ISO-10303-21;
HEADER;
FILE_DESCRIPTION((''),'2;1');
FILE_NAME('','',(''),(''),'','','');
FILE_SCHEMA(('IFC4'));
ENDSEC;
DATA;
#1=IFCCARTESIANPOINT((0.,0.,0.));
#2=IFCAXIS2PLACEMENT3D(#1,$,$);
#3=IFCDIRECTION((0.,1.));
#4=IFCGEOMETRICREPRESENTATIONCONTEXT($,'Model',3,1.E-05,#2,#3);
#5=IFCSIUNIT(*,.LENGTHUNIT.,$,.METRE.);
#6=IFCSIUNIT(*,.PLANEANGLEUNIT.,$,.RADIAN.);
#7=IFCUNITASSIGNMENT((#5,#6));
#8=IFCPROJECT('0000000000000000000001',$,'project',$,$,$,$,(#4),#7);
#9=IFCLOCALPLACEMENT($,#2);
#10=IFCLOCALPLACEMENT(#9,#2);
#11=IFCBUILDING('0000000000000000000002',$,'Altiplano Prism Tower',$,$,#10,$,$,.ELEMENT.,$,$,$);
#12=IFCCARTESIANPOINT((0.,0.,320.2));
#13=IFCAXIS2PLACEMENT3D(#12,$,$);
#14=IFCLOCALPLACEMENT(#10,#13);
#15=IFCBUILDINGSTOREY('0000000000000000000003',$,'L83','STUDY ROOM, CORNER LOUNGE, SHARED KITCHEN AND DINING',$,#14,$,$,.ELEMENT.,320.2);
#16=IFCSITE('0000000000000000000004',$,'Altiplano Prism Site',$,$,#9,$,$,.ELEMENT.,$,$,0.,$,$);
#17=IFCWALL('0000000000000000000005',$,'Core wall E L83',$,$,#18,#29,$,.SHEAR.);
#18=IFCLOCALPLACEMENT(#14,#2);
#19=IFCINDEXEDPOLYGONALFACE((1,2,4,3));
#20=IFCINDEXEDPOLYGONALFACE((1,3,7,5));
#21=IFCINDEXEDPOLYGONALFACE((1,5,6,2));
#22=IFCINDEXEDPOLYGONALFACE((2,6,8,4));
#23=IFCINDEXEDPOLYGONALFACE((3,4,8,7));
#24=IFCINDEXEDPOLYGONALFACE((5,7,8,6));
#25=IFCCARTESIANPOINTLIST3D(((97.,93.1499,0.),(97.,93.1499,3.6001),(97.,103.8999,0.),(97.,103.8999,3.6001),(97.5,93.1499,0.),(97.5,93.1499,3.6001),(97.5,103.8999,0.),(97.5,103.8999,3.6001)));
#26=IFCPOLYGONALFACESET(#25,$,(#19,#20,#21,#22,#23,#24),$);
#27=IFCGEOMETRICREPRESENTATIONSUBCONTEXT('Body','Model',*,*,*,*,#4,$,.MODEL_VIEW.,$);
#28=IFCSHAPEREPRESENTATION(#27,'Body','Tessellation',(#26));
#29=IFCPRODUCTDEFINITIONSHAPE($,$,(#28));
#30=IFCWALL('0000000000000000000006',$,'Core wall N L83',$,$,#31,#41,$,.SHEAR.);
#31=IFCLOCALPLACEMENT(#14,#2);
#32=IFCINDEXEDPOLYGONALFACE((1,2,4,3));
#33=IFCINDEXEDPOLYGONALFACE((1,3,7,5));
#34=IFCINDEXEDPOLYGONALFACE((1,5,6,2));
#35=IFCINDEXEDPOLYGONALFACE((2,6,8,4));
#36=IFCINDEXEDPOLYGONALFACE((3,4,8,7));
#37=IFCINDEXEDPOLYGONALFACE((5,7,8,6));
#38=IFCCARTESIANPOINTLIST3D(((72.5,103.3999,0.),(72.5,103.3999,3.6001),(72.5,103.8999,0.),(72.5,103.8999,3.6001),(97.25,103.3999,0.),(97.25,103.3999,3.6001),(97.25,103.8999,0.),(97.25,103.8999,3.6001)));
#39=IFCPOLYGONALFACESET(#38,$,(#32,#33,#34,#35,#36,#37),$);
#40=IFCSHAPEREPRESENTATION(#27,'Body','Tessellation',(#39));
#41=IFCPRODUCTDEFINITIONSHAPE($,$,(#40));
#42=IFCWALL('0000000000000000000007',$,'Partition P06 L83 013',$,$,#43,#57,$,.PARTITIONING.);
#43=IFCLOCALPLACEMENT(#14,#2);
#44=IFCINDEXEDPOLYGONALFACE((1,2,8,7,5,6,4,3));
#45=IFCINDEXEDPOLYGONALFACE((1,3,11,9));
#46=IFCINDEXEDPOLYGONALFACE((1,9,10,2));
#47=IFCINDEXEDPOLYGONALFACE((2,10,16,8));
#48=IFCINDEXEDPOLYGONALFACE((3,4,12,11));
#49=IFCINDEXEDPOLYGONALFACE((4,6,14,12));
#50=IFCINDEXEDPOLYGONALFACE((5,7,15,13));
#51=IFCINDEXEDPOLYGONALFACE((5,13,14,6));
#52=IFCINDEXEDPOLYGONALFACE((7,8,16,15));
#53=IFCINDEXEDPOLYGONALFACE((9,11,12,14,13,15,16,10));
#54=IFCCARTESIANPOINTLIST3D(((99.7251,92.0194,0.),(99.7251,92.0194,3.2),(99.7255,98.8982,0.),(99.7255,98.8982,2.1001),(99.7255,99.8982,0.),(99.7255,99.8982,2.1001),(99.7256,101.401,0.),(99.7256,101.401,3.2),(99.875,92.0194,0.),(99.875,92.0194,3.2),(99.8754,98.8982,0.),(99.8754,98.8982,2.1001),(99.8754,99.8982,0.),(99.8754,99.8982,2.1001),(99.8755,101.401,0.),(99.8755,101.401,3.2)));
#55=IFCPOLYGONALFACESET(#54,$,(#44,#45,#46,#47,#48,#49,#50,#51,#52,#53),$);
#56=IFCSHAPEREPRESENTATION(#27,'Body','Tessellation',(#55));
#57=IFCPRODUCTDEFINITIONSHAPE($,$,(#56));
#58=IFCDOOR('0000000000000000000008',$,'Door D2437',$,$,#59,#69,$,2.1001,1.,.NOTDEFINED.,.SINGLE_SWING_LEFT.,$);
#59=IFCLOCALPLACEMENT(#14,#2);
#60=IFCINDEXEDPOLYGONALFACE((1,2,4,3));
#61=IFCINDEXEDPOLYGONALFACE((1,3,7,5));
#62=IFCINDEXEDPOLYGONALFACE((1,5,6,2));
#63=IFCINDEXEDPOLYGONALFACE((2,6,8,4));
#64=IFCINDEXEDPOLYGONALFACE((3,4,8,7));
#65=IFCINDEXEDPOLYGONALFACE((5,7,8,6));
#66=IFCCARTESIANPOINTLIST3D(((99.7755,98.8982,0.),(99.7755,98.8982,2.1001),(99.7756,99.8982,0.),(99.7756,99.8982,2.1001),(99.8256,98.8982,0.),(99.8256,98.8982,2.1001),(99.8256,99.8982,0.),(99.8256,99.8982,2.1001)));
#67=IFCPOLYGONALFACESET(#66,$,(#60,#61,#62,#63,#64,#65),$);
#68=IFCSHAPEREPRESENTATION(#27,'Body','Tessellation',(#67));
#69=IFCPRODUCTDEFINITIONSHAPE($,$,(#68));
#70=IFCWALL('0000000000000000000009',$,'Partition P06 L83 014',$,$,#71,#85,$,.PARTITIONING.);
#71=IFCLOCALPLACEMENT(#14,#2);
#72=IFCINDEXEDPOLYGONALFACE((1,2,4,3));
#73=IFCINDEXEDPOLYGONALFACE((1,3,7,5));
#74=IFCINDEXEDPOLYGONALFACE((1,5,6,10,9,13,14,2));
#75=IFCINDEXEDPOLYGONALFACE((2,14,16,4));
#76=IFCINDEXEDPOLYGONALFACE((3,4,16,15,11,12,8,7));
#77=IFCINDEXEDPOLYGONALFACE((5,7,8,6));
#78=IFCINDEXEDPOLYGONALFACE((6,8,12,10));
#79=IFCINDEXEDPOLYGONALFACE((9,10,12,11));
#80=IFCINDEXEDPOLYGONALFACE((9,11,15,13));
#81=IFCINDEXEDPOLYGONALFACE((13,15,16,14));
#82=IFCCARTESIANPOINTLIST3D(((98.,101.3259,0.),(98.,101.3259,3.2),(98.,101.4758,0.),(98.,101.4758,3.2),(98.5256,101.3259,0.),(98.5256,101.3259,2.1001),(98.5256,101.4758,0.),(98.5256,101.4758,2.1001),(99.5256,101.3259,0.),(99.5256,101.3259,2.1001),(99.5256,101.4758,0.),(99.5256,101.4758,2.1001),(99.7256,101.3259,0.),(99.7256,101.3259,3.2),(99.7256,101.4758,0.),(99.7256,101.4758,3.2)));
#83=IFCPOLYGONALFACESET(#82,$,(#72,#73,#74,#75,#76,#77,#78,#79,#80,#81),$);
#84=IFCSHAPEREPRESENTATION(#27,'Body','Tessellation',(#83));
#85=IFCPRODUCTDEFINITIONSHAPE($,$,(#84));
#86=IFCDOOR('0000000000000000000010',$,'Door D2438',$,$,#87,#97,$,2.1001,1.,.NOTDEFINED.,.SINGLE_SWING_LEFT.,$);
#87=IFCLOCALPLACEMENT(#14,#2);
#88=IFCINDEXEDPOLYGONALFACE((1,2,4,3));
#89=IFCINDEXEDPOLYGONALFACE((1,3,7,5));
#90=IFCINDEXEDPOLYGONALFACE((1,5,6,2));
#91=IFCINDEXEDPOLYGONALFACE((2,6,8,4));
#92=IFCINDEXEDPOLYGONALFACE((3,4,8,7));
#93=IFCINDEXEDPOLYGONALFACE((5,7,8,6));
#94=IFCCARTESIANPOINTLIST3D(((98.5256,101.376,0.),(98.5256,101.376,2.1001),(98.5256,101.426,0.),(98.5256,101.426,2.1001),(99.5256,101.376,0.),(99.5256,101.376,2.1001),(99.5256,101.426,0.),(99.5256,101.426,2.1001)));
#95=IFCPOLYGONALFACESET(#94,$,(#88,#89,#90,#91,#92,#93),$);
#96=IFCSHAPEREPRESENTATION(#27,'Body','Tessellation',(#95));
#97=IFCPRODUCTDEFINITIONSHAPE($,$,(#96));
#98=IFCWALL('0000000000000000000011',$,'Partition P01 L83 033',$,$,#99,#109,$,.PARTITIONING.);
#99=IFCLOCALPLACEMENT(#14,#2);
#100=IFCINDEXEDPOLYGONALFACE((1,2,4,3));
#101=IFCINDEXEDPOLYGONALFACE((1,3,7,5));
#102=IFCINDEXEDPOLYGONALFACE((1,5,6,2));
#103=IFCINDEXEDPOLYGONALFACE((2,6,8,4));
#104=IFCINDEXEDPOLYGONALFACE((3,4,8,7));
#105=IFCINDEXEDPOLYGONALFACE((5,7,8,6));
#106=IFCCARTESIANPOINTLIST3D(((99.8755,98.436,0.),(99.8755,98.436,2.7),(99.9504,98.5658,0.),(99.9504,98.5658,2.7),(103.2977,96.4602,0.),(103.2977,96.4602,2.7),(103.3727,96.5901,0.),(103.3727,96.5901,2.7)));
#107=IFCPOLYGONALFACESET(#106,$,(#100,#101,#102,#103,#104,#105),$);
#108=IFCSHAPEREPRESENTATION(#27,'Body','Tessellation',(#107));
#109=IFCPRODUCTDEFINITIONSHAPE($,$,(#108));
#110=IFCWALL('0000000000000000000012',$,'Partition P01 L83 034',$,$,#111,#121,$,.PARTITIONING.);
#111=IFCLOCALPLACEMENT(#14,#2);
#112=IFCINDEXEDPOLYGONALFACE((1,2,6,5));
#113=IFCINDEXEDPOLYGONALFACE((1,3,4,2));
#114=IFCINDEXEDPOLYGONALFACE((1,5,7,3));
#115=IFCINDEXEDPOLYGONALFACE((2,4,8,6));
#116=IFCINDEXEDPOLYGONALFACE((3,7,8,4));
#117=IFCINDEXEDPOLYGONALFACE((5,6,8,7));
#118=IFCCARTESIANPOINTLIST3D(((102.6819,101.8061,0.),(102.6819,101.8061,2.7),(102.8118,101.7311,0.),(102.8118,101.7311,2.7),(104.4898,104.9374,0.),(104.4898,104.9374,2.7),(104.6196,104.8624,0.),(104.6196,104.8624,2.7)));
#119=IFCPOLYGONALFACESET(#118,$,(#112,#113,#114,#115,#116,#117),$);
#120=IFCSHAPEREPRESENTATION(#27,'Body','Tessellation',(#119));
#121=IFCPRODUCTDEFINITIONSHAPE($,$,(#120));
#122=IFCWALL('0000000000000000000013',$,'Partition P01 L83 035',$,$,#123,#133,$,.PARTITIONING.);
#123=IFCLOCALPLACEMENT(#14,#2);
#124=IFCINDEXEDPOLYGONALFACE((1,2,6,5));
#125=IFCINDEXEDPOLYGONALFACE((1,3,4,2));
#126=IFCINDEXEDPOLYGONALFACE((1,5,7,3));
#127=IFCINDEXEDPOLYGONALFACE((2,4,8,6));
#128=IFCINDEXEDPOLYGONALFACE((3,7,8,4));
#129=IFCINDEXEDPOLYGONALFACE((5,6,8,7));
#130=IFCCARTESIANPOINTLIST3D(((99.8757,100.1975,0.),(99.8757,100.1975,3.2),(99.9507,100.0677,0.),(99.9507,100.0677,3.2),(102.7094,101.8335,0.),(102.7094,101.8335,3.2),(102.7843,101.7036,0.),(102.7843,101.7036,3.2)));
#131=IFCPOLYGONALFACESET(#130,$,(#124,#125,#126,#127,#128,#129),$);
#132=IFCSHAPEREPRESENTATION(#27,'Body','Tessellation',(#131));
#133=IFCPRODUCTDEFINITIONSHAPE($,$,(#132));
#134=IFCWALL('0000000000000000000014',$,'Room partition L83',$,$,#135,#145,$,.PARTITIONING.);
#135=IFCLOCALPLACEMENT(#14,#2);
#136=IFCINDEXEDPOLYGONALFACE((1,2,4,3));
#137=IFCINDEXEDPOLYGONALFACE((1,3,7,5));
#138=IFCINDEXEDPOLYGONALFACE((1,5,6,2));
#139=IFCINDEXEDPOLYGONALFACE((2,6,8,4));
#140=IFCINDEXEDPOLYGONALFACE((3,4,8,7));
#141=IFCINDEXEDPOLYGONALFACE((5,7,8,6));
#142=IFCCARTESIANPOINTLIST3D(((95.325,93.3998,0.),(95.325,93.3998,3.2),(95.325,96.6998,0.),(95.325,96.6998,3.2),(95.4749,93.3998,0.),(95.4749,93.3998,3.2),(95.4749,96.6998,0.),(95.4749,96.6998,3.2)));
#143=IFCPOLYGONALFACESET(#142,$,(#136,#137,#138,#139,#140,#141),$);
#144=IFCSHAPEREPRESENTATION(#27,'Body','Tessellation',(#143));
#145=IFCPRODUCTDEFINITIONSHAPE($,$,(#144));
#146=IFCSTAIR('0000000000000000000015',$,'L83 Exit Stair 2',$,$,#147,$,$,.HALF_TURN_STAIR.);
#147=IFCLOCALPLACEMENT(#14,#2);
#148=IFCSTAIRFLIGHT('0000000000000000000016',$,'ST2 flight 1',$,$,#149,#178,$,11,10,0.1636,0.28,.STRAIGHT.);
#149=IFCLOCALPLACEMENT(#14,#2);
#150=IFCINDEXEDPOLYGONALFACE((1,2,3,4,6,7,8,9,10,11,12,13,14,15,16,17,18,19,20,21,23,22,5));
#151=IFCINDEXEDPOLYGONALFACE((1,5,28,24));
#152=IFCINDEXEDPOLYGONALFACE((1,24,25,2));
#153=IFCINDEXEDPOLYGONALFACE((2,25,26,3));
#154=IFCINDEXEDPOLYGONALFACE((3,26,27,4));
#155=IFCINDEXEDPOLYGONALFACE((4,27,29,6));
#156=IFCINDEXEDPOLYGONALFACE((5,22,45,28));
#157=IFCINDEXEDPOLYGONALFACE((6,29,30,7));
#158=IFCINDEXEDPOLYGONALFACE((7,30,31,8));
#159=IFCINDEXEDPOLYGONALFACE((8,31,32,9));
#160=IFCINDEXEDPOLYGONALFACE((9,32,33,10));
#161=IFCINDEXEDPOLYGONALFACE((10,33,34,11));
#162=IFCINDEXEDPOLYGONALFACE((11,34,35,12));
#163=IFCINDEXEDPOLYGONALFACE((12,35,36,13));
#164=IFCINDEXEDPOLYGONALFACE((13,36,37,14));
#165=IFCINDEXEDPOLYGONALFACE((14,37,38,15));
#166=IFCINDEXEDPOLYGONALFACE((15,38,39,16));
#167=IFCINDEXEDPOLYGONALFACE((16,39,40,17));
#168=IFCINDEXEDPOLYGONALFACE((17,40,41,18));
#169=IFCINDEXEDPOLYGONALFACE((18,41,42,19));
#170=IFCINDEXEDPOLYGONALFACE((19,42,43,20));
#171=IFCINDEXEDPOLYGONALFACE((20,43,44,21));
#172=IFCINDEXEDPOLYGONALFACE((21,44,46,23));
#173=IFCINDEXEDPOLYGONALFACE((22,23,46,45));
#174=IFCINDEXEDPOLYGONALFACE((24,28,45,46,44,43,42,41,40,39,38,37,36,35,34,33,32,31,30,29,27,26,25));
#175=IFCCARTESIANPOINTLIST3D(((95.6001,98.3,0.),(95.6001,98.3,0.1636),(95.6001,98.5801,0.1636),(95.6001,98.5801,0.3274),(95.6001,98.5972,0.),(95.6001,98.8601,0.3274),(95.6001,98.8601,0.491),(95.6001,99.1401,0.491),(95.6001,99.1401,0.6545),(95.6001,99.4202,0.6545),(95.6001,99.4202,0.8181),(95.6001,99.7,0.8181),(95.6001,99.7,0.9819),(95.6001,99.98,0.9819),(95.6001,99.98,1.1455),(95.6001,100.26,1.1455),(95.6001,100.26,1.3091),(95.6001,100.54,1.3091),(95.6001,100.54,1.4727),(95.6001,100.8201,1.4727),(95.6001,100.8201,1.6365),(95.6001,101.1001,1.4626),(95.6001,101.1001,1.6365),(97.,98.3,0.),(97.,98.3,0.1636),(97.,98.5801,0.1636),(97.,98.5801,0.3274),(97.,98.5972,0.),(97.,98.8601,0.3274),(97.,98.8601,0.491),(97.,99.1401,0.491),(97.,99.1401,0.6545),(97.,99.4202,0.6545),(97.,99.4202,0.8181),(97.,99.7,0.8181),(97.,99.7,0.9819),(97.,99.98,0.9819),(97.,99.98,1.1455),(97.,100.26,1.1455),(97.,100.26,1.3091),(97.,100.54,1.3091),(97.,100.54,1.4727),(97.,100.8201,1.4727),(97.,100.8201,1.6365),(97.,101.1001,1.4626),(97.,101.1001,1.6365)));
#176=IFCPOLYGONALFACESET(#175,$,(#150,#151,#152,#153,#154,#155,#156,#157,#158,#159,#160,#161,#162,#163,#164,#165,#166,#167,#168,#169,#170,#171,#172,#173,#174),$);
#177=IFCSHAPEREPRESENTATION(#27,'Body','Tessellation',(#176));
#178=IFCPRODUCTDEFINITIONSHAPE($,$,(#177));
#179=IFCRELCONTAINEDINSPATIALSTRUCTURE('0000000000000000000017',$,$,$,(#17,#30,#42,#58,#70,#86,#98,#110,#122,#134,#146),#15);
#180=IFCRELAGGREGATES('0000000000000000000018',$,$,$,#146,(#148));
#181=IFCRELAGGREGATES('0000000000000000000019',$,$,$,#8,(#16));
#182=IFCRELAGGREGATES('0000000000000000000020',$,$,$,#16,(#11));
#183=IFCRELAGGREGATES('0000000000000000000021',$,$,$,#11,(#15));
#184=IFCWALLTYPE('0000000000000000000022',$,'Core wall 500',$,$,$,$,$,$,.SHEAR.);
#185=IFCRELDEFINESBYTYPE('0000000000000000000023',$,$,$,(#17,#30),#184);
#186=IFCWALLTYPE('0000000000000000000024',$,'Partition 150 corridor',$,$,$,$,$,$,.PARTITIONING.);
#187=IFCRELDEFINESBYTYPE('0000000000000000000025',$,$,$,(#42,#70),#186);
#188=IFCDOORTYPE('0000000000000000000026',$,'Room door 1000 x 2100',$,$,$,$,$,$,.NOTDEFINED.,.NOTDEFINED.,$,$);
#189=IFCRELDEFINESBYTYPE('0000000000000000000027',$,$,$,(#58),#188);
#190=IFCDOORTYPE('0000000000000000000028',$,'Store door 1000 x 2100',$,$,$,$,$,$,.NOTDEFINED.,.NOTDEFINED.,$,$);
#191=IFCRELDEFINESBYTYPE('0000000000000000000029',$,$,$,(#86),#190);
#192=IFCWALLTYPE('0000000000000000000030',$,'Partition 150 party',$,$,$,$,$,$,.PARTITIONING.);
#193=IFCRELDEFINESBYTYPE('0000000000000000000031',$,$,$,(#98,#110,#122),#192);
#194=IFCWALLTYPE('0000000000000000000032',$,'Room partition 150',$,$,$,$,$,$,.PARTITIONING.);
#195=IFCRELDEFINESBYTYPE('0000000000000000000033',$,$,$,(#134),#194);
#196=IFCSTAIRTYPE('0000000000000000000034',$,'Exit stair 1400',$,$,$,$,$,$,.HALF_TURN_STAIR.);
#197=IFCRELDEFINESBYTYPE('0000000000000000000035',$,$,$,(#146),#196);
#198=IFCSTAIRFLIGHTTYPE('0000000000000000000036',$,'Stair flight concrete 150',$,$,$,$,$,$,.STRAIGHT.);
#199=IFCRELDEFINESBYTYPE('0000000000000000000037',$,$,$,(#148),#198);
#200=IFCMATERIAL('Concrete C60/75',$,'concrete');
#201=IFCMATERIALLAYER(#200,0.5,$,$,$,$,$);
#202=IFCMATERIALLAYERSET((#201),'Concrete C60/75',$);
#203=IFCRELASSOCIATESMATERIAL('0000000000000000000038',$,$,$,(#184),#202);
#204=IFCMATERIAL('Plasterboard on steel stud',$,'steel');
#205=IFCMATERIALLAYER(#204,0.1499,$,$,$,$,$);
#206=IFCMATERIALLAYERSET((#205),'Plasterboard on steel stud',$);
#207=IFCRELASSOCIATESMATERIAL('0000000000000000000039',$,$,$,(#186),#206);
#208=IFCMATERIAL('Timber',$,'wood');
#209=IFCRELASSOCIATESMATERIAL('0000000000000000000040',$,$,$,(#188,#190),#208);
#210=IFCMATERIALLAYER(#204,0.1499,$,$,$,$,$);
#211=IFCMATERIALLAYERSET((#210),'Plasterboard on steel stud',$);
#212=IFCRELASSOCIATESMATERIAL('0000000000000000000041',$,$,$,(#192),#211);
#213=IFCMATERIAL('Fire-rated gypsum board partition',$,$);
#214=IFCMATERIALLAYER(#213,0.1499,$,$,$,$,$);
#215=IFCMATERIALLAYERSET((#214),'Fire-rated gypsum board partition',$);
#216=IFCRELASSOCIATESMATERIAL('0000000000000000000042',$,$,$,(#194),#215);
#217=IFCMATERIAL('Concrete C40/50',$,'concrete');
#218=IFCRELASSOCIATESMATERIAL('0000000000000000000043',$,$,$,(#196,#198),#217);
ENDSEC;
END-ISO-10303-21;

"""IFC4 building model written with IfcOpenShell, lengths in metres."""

from ifc_helpers import new_model, si_unit, direction, frame, frame_2d, origin, place, context, subcontext, project, spatial, polyline, rectangle, outline, extrude, material, layer, layer_set, type_object, element, fill, aggregate, save


model = new_model("IFC4")

# Units and contexts
model_context = context("Model", 3, precision=1e-05, world=origin(), true_north=direction((0.0, 1.0)))
body_context = subcontext(model_context, "Body", "Model", "MODEL_VIEW")
ifc_project = project(units=[si_unit("LENGTHUNIT", "METRE"), si_unit("PLANEANGLEUNIT", "RADIAN")], contexts=[model_context])

# Site, building, storey
site_placement = place(None, origin())
site = spatial("IfcSite", under=ifc_project, at=site_placement, Name="Altiplano Prism Site", CompositionType="ELEMENT", RefElevation=0.0)
building_placement = place(site_placement, origin())
building = spatial("IfcBuilding", under=site, at=building_placement, Name="Altiplano Prism Tower", CompositionType="ELEMENT")
storey_placement = place(building_placement, frame((0.0, 0.0, 320.2)))
storey = spatial("IfcBuildingStorey", under=building, at=storey_placement, Name="L83", Description="STUDY ROOM, CORNER LOUNGE, SHARED KITCHEN AND DINING", CompositionType="ELEMENT", Elevation=320.2)

# Shared definitions
ifc_material_1 = material(Name="Concrete C60/75", Category="concrete")

# Walls
ifc_layer_1 = layer(ifc_material_1, 0.5)
ifc_layer_set_1 = layer_set([ifc_layer_1], Name="Concrete C60/75")
wall_type_1 = type_object("IfcWallType", Name="Core wall 500", PredefinedType="SHEAR", material=ifc_layer_set_1)
wall_1_placement = place(storey_placement, frame((97.25, 93.1499, 0.0), z_axis=(0.0, 0.0, 1.0), x_axis=(0.0, 1.0, 0.0)))
element("IfcWall", 1, at=wall_1_placement, inside=storey, type_object=wall_type_1, Name="Core wall E L83", PredefinedType="SHEAR", context=body_context, shape_type="SweptSolid", body=[
    extrude(rectangle(XDim=10.75, YDim=0.5, at=frame_2d((5.375, 0.0))), origin(), (0.0, 0.0, 1.0), 3.6001),
])
wall_2_placement = place(storey_placement, frame((97.25, 103.6499, 0.0), z_axis=(0.0, 0.0, 1.0), x_axis=(-1.0, 0.0, 0.0)))
element("IfcWall", 2, at=wall_2_placement, inside=storey, type_object=wall_type_1, Name="Core wall N L83", PredefinedType="SHEAR", context=body_context, shape_type="SweptSolid", body=[
    extrude(rectangle(XDim=24.75, YDim=0.5, at=frame_2d((12.375, 0.0))), origin(), (0.0, 0.0, 1.0), 3.6001),
])

# Walls, openings, doors
ifc_material_2 = material(Name="Plasterboard on steel stud", Category="steel")
ifc_layer_2 = layer(ifc_material_2, 0.1499)
ifc_layer_set_2 = layer_set([ifc_layer_2], Name="Plasterboard on steel stud")
wall_type_2 = type_object("IfcWallType", Name="Partition 150 corridor", PredefinedType="PARTITIONING", material=ifc_layer_set_2)
wall_3_placement = place(storey_placement, frame((99.8, 92.0193, 0.0), z_axis=(0.0, 0.0, 1.0), x_axis=(0.000052, 1.0, 0.0)))
wall_3 = element("IfcWall", 3, at=wall_3_placement, inside=storey, type_object=wall_type_2, Name="Partition P06 L83 013", PredefinedType="PARTITIONING", context=body_context, shape_type="SweptSolid", body=[
    extrude(rectangle(XDim=9.3816, YDim=0.1499, at=frame_2d((4.6909, 0.0))), origin(), (0.0, 0.0, 1.0), 3.2),
])
opening_1_placement = place(wall_3_placement, frame((6.8789, 0.0, 0.0)))
opening_1 = element("IfcOpeningElement", 4, at=opening_1_placement, cuts=wall_3, PredefinedType="OPENING", context=body_context, shape_type="SweptSolid", body=[
    extrude(rectangle(XDim=1.0, YDim=2.1001, at=frame_2d((0.5, 1.05))), frame((0.0, 0.0854, 0.0), z_axis=(0.0, -1.0, 0.0), x_axis=(1.0, 0.0, 0.0)), (0.0, 0.0, 1.0), 0.1709),
])
ifc_material_3 = material(Name="Timber", Category="wood")
door_type_1 = type_object("IfcDoorType", Name="Room door 1000 x 2100", OperationType="NOTDEFINED", PredefinedType="NOTDEFINED", material=ifc_material_3)
door_1_placement = place(opening_1_placement, origin())
door_1 = element("IfcDoor", 5, at=door_1_placement, inside=storey, type_object=door_type_1, Name="Door D2437", OperationType="SINGLE_SWING_LEFT", OverallHeight=2.1001, OverallWidth=1.0, PredefinedType="NOTDEFINED", context=body_context, shape_type="SweptSolid", body=[
    extrude(rectangle(XDim=1.0, YDim=2.1001, at=frame_2d((0.5, 1.05))), frame((0.0, 0.0249, 0.0), z_axis=(0.0, -1.0, 0.0), x_axis=(1.0, 0.0, 0.0)), (0.0, 0.0, 1.0), 0.05),
])
fill(opening_1, door_1)
wall_4_placement = place(storey_placement, frame((99.7256, 101.4009, 0.0), z_axis=(0.0, 0.0, 1.0), x_axis=(-1.0, 0.0, 0.0)))
wall_4 = element("IfcWall", 6, at=wall_4_placement, inside=storey, type_object=wall_type_2, Name="Partition P06 L83 014", PredefinedType="PARTITIONING", context=body_context, shape_type="SweptSolid", body=[
    extrude(rectangle(XDim=1.7256, YDim=0.1499, at=frame_2d((0.8628, 0.0))), origin(), (0.0, 0.0, 1.0), 3.2),
])
opening_2_placement = place(wall_4_placement, frame((0.2, 0.0, 0.0)))
opening_2 = element("IfcOpeningElement", 7, at=opening_2_placement, cuts=wall_4, PredefinedType="OPENING", context=body_context, shape_type="SweptSolid", body=[
    extrude(rectangle(XDim=1.0, YDim=2.1001, at=frame_2d((0.5, 1.05))), frame((0.0, 0.0854, 0.0), z_axis=(0.0, -1.0, 0.0), x_axis=(1.0, 0.0, 0.0)), (0.0, 0.0, 1.0), 0.1709),
])
door_type_2 = type_object("IfcDoorType", Name="Store door 1000 x 2100", OperationType="NOTDEFINED", PredefinedType="NOTDEFINED", material=ifc_material_3)
door_2_placement = place(opening_2_placement, origin())
door_2 = element("IfcDoor", 8, at=door_2_placement, inside=storey, type_object=door_type_2, Name="Door D2438", OperationType="SINGLE_SWING_LEFT", OverallHeight=2.1001, OverallWidth=1.0, PredefinedType="NOTDEFINED", context=body_context, shape_type="SweptSolid", body=[
    extrude(rectangle(XDim=1.0, YDim=2.1001, at=frame_2d((0.5, 1.05))), frame((0.0, 0.0249, 0.0), z_axis=(0.0, -1.0, 0.0), x_axis=(1.0, 0.0, 0.0)), (0.0, 0.0, 1.0), 0.05),
])
fill(opening_2, door_2)

# Walls
ifc_layer_3 = layer(ifc_material_2, 0.1499)
ifc_layer_set_3 = layer_set([ifc_layer_3], Name="Plasterboard on steel stud")
wall_type_3 = type_object("IfcWallType", Name="Partition 150 party", PredefinedType="PARTITIONING", material=ifc_layer_set_3)
wall_5_placement = place(storey_placement, frame((103.3352, 96.5251, 0.0), z_axis=(0.0, 0.0, 1.0), x_axis=(-0.866033, 0.499986, 0.0)))
element("IfcWall", 9, at=wall_5_placement, inside=storey, type_object=wall_type_3, Name="Partition P01 L83 033", PredefinedType="PARTITIONING", context=body_context, shape_type="SweptSolid", body=[
    extrude(rectangle(XDim=3.9517, YDim=0.1499, at=frame_2d((1.9758, 0.0))), origin(), (0.0, 0.0, 1.0), 2.7),
])
wall_6_placement = place(storey_placement, frame((104.5547, 104.8999, 0.0), z_axis=(0.0, 0.0, 1.0), x_axis=(-0.499995, -0.866028, 0.0)))
element("IfcWall", 10, at=wall_6_placement, inside=storey, type_object=wall_type_3, Name="Partition P01 L83 034", PredefinedType="PARTITIONING", context=body_context, shape_type="SweptSolid", body=[
    extrude(rectangle(XDim=3.6157, YDim=0.1499, at=frame_2d((1.8079, 0.0))), origin(), (0.0, 0.0, 1.0), 2.7),
])
wall_7_placement = place(storey_placement, frame((102.7468, 101.7686, 0.0), z_axis=(0.0, 0.0, 1.0), x_axis=(-0.866035, -0.499983, 0.0)))
element("IfcWall", 11, at=wall_7_placement, inside=storey, type_object=wall_type_3, Name="Partition P01 L83 035", PredefinedType="PARTITIONING", context=body_context, shape_type="SweptSolid", body=[
    extrude(rectangle(XDim=3.272, YDim=0.1499, at=frame_2d((1.636, 0.0))), origin(), (0.0, 0.0, 1.0), 3.2),
])
ifc_material_4 = material(Name="Fire-rated gypsum board partition")
ifc_layer_4 = layer(ifc_material_4, 0.1499)
ifc_layer_set_4 = layer_set([ifc_layer_4], Name="Fire-rated gypsum board partition")
wall_type_4 = type_object("IfcWallType", Name="Room partition 150", PredefinedType="PARTITIONING", material=ifc_layer_set_4)
wall_8_placement = place(storey_placement, frame((95.3999, 93.3999, 0.0), z_axis=(0.0, 0.0, 1.0), x_axis=(0.0, 1.0, 0.0)))
element("IfcWall", 12, at=wall_8_placement, inside=storey, type_object=wall_type_4, Name="Room partition L83", PredefinedType="PARTITIONING", context=body_context, shape_type="SweptSolid", body=[
    extrude(rectangle(XDim=3.3, YDim=0.1499, at=frame_2d((1.6499, 0.0))), origin(), (0.0, 0.0, 1.0), 3.2),
])

# Stair, stair flight
ifc_material_5 = material(Name="Concrete C40/50", Category="concrete")
stair_type = type_object("IfcStairType", Name="Exit stair 1400", PredefinedType="HALF_TURN_STAIR", material=ifc_material_5)
stair_placement = place(storey_placement, origin())
stair = element("IfcStair", 13, at=stair_placement, inside=storey, type_object=stair_type, Name="L83 Exit Stair 2", PredefinedType="HALF_TURN_STAIR")
stair_flight_type = type_object("IfcStairFlightType", Name="Stair flight concrete 150", PredefinedType="STRAIGHT", material=ifc_material_5)
stair_flight_placement = place(storey_placement, frame((96.3, 98.3, 0.0), z_axis=(0.0, 0.0, 1.0), x_axis=(0.0, 1.0, 0.0)))
stair_flight = element("IfcStairFlight", 14, at=stair_flight_placement, type_object=stair_flight_type, Name="ST2 flight 1", NumberOfRisers=11, NumberOfTreads=10, PredefinedType="STRAIGHT", RiserHeight=0.1636, TreadLength=0.28, context=body_context, shape_type="SweptSolid", body=[
    extrude(outline(polyline([(0.0, 0.0), (0.0, 0.1636), (0.28, 0.1636), (0.28, 0.3274), (0.5601, 0.3274), (0.5601, 0.491), (0.8401, 0.491), (0.8401, 0.6545), (1.1201, 0.6545), (1.1201, 0.8181), (1.3999, 0.8181), (1.3999, 0.9819), (1.6799, 0.9819), (1.6799, 1.1455), (1.96, 1.1455), (1.96, 1.3091), (2.24, 1.3091), (2.24, 1.4727), (2.52, 1.4727), (2.52, 1.6365), (2.8, 1.6365), (2.8, 1.8), (2.8, 1.4626), (0.2971, 0.0), (0.0, 0.0)])), frame((0.0, 0.7, 0.0), z_axis=(0.0, -1.0, 0.0), x_axis=(1.0, 0.0, 0.0)), (0.0, 0.0, 1.0), 1.3999),
])
aggregate(stair, [stair_flight])

save(model, "model.ifc")
